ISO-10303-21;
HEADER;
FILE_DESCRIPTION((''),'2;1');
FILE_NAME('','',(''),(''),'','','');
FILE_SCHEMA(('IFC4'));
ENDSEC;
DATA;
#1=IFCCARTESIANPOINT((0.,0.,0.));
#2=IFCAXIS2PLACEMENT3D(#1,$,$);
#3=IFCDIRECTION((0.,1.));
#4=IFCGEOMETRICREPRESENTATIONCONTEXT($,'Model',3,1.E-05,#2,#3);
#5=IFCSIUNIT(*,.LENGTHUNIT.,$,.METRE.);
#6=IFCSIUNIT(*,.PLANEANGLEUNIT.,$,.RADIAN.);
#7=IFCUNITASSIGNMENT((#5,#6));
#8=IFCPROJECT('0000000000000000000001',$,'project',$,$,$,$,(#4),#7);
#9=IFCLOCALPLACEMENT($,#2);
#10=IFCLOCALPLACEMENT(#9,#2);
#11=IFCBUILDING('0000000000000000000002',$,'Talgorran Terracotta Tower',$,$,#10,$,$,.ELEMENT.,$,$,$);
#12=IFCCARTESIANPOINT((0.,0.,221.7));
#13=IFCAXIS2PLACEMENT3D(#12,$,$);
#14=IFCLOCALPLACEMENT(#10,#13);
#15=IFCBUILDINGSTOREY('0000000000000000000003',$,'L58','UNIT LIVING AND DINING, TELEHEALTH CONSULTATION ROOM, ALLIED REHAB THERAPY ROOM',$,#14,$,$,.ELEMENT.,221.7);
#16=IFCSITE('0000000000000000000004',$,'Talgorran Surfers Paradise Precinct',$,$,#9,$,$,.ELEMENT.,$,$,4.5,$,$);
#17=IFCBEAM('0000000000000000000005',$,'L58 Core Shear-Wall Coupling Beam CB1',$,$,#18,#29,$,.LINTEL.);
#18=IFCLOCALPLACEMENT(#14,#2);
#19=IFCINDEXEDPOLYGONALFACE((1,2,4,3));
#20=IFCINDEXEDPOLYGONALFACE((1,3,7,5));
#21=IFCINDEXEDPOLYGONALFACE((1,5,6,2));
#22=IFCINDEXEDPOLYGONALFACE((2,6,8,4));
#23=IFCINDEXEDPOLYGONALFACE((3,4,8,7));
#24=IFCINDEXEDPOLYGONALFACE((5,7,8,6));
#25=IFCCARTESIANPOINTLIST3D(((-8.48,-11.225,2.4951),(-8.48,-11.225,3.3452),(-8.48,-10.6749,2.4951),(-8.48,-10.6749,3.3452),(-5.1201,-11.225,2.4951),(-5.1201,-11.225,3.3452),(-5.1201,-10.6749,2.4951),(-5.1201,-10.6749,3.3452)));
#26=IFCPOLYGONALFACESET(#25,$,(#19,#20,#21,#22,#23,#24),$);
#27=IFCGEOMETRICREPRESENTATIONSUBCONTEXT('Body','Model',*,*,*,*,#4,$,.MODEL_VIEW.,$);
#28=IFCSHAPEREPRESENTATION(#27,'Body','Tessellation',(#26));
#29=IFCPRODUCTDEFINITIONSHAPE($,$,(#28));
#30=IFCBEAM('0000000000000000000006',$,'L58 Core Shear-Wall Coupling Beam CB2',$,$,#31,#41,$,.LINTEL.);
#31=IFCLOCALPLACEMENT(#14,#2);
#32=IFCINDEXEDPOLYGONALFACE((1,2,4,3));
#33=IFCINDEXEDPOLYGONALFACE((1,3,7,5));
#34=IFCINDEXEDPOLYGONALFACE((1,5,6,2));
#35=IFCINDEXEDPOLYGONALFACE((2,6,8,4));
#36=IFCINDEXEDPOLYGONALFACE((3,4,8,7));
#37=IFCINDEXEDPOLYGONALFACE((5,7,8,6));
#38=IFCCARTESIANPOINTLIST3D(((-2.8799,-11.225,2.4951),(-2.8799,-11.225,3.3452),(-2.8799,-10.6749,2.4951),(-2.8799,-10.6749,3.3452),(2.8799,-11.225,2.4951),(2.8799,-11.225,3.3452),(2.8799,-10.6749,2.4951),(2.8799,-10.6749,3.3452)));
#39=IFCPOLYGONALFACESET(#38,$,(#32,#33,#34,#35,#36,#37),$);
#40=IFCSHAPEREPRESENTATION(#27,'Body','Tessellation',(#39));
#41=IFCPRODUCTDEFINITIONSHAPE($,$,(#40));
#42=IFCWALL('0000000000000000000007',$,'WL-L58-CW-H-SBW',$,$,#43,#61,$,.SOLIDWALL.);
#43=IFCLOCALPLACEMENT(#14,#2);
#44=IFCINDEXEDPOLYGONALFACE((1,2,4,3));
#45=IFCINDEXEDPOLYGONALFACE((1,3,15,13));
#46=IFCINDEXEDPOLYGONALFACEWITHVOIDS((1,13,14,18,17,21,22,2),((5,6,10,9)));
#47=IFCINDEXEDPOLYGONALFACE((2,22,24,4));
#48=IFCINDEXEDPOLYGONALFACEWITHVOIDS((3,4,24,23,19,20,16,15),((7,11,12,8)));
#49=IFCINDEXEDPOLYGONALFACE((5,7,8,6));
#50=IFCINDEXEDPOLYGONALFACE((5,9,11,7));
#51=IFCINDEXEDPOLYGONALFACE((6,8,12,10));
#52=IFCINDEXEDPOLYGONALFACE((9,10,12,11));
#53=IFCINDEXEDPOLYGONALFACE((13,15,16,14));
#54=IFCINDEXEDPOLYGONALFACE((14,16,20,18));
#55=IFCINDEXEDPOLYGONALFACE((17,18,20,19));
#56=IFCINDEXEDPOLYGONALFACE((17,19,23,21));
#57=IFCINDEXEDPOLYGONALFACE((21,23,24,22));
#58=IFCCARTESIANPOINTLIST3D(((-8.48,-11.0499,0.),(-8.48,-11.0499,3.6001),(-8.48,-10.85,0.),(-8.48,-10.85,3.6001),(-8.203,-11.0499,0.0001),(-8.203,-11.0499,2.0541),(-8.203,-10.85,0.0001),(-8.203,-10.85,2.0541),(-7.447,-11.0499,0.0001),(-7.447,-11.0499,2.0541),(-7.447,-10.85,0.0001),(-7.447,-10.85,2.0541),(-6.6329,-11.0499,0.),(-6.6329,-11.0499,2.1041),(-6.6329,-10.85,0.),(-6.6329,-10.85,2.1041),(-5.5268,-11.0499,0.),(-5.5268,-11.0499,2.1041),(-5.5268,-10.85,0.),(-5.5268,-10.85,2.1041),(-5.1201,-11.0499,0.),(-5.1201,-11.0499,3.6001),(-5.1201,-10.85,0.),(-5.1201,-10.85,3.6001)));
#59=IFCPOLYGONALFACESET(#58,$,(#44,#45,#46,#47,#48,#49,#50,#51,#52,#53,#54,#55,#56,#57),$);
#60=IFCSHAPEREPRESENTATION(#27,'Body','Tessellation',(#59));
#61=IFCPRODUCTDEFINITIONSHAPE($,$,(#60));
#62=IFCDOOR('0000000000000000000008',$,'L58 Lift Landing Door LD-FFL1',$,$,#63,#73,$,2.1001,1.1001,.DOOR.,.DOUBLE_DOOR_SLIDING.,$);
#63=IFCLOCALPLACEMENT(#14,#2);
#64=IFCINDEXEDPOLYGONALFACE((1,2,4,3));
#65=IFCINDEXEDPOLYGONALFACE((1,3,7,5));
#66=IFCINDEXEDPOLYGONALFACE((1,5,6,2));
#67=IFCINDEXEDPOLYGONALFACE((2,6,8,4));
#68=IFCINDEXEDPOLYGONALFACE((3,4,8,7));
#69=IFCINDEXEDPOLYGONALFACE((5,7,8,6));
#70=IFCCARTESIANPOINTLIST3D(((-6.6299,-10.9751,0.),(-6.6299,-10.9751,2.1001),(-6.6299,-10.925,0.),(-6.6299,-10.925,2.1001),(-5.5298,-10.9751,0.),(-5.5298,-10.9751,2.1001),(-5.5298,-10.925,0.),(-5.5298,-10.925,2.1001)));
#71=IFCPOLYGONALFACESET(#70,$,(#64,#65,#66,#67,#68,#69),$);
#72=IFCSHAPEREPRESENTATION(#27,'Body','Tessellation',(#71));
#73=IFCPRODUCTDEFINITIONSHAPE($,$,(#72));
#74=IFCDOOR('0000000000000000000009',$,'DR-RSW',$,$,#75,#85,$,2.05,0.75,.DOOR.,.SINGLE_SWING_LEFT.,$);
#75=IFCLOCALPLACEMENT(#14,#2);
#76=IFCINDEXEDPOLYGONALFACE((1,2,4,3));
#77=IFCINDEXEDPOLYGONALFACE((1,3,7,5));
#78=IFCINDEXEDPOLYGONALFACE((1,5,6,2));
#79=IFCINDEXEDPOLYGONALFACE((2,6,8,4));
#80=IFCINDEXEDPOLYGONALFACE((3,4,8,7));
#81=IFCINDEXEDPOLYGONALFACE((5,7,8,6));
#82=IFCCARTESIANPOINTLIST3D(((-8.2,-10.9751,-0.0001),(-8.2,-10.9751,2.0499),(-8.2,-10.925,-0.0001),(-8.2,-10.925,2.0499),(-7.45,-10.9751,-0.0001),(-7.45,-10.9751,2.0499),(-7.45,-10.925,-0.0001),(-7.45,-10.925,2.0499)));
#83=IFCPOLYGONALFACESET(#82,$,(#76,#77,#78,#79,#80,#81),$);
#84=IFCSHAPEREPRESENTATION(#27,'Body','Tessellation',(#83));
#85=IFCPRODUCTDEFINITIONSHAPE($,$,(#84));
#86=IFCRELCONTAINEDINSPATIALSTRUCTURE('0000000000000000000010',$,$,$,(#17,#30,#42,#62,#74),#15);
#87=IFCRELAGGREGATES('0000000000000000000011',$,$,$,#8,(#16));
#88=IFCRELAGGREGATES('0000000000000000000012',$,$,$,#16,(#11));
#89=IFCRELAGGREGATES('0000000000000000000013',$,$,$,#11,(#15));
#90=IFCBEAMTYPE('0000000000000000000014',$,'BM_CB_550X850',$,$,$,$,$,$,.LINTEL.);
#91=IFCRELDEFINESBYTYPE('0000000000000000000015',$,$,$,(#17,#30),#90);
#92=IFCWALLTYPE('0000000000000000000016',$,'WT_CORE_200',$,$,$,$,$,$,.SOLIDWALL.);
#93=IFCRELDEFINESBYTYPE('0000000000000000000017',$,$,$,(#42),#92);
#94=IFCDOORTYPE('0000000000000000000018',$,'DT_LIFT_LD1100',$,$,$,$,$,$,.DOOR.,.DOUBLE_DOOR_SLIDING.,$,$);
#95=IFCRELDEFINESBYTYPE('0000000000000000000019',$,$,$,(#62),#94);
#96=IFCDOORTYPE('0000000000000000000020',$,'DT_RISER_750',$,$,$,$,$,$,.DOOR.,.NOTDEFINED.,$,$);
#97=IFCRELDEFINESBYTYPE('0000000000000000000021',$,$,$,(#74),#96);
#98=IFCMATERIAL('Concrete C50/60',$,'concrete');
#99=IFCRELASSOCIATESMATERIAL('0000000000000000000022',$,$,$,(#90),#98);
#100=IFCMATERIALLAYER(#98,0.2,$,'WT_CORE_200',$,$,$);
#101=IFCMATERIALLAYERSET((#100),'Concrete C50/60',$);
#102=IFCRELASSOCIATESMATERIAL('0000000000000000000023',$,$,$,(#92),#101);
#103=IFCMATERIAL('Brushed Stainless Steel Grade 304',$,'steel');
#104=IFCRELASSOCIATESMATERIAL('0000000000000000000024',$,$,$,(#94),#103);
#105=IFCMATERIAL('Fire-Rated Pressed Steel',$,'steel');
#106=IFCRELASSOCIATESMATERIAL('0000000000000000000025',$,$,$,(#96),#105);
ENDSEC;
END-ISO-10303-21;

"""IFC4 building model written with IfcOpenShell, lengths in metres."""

from ifc_helpers import new_model, si_unit, direction, frame, frame_2d, origin, origin_2d, place, context, subcontext, project, spatial, rectangle, extrude, material, layer, layer_set, material_profile, profile_set, type_object, element, fill, save


model = new_model("IFC4")

# Units and contexts
model_context = context("Model", 3, precision=1e-05, world=origin(), true_north=direction((0.0, 1.0)))
body_context = subcontext(model_context, "Body", "Model", "MODEL_VIEW")
ifc_project = project(units=[si_unit("LENGTHUNIT", "METRE"), si_unit("PLANEANGLEUNIT", "RADIAN")], contexts=[model_context])

# Site, building, storey
site_placement = place(None, origin())
site = spatial("IfcSite", under=ifc_project, at=site_placement, Name="Talgorran Surfers Paradise Precinct", CompositionType="ELEMENT", RefElevation=4.5)
building_placement = place(site_placement, origin())
building = spatial("IfcBuilding", under=site, at=building_placement, Name="Talgorran Terracotta Tower", CompositionType="ELEMENT")
storey_placement = place(building_placement, frame((0.0, 0.0, 221.7)))
storey = spatial("IfcBuildingStorey", under=building, at=storey_placement, Name="L58", Description="UNIT LIVING AND DINING, TELEHEALTH CONSULTATION ROOM, ALLIED REHAB THERAPY ROOM", CompositionType="ELEMENT", Elevation=221.7)

# Beams
ifc_material_1 = material(Name="Concrete C50/60", Category="concrete")
ifc_material_profile = material_profile(ifc_material_1, rectangle(XDim=0.55, YDim=0.8501, at=origin_2d()), Name="RCCB550X850")
ifc_profile_set = profile_set([ifc_material_profile], Name="Concrete C50/60")
beam_type = type_object("IfcBeamType", Name="BM_CB_550X850", PredefinedType="LINTEL", material=ifc_profile_set)
beam_1_placement = place(storey_placement, frame((-8.48, -10.95, 2.9202), z_axis=(1.0, 0.0, 0.0), x_axis=(0.0, 1.0, 0.0)))
element("IfcBeam", 1, at=beam_1_placement, inside=storey, type_object=beam_type, Name="L58 Core Shear-Wall Coupling Beam CB1", PredefinedType="LINTEL", context=body_context, shape_type="SweptSolid", body=[
    extrude(rectangle(XDim=0.55, YDim=0.8501, at=origin_2d()), origin(), (0.0, 0.0, 1.0), 3.3599),
])
beam_2_placement = place(storey_placement, frame((-2.8799, -10.95, 2.9202), z_axis=(1.0, 0.0, 0.0), x_axis=(0.0, 1.0, 0.0)))
element("IfcBeam", 2, at=beam_2_placement, inside=storey, type_object=beam_type, Name="L58 Core Shear-Wall Coupling Beam CB2", PredefinedType="LINTEL", context=body_context, shape_type="SweptSolid", body=[
    extrude(rectangle(XDim=0.55, YDim=0.8501, at=origin_2d()), origin(), (0.0, 0.0, 1.0), 5.7598),
])

# Wall, openings, doors
ifc_layer_1 = layer(ifc_material_1, 0.2, Name="WT_CORE_200")
ifc_layer_set_1 = layer_set([ifc_layer_1], Name="Concrete C50/60")
wall_type_1 = type_object("IfcWallType", Name="WT_CORE_200", PredefinedType="SOLIDWALL", material=ifc_layer_set_1)
wall_1_placement = place(storey_placement, frame((-8.48, -10.95, 0.0), z_axis=(0.0, 0.0, 1.0), x_axis=(1.0, 0.0, 0.0)))
wall_1 = element("IfcWall", 3, at=wall_1_placement, inside=storey, type_object=wall_type_1, Name="WL-L58-CW-H-SBW", PredefinedType="SOLIDWALL", context=body_context, shape_type="SweptSolid", body=[
    extrude(rectangle(XDim=3.3599, YDim=0.2, at=frame_2d((1.6799, 0.0))), origin(), (0.0, 0.0, 1.0), 3.6001),
])
opening_1_placement = place(wall_1_placement, frame((0.28, 0.0, 0.0)))
opening_1 = element("IfcOpeningElement", 4, at=opening_1_placement, cuts=wall_1, PredefinedType="OPENING", context=body_context, shape_type="SweptSolid", body=[
    extrude(rectangle(XDim=0.756, YDim=2.054, at=frame_2d((0.375, 1.0271))), frame((0.0, 0.1099, 0.0), z_axis=(0.0, -1.0, 0.0), x_axis=(1.0, 0.0, 0.0)), (0.0, 0.0, 1.0), 0.22),
])
opening_2_placement = place(wall_1_placement, frame((1.8501, 0.0, 0.0)))
opening_2 = element("IfcOpeningElement", 5, at=opening_2_placement, cuts=wall_1, PredefinedType="OPENING", context=body_context, shape_type="SweptSolid", body=[
    extrude(rectangle(XDim=1.1061, YDim=2.1041, at=frame_2d((0.55, 1.052))), frame((0.0, 0.1099, 0.0), z_axis=(0.0, -1.0, 0.0), x_axis=(1.0, 0.0, 0.0)), (0.0, 0.0, 1.0), 0.22),
])
ifc_material_2 = material(Name="Brushed Stainless Steel Grade 304", Category="steel")
door_type_1 = type_object("IfcDoorType", Name="DT_LIFT_LD1100", OperationType="DOUBLE_DOOR_SLIDING", PredefinedType="DOOR", material=ifc_material_2)
door_1_placement = place(opening_2_placement, origin())
door_1 = element("IfcDoor", 6, at=door_1_placement, inside=storey, type_object=door_type_1, Name="L58 Lift Landing Door LD-FFL1", OperationType="DOUBLE_DOOR_SLIDING", OverallHeight=2.1001, OverallWidth=1.1001, PredefinedType="DOOR", context=body_context, shape_type="SweptSolid", body=[
    extrude(rectangle(XDim=1.1001, YDim=2.1001, at=frame_2d((0.55, 1.05))), frame((0.0, 0.0249, 0.0), z_axis=(0.0, -1.0, 0.0), x_axis=(1.0, 0.0, 0.0)), (0.0, 0.0, 1.0), 0.05),
])
fill(opening_2, door_1)
ifc_material_3 = material(Name="Fire-Rated Pressed Steel", Category="steel")
door_type_2 = type_object("IfcDoorType", Name="DT_RISER_750", OperationType="NOTDEFINED", PredefinedType="DOOR", material=ifc_material_3)
door_2_placement = place(opening_1_placement, origin())
door_2 = element("IfcDoor", 7, at=door_2_placement, inside=storey, type_object=door_type_2, Name="DR-RSW", OperationType="SINGLE_SWING_LEFT", OverallHeight=2.05, OverallWidth=0.75, PredefinedType="DOOR", context=body_context, shape_type="SweptSolid", body=[
    extrude(rectangle(XDim=0.75, YDim=2.05, at=frame_2d((0.375, 1.0249))), frame((0.0, 0.0249, 0.0), z_axis=(0.0, -1.0, 0.0), x_axis=(1.0, 0.0, 0.0)), (0.0, 0.0, 1.0), 0.05),
])
fill(opening_1, door_2)

save(model, "model.ifc")
